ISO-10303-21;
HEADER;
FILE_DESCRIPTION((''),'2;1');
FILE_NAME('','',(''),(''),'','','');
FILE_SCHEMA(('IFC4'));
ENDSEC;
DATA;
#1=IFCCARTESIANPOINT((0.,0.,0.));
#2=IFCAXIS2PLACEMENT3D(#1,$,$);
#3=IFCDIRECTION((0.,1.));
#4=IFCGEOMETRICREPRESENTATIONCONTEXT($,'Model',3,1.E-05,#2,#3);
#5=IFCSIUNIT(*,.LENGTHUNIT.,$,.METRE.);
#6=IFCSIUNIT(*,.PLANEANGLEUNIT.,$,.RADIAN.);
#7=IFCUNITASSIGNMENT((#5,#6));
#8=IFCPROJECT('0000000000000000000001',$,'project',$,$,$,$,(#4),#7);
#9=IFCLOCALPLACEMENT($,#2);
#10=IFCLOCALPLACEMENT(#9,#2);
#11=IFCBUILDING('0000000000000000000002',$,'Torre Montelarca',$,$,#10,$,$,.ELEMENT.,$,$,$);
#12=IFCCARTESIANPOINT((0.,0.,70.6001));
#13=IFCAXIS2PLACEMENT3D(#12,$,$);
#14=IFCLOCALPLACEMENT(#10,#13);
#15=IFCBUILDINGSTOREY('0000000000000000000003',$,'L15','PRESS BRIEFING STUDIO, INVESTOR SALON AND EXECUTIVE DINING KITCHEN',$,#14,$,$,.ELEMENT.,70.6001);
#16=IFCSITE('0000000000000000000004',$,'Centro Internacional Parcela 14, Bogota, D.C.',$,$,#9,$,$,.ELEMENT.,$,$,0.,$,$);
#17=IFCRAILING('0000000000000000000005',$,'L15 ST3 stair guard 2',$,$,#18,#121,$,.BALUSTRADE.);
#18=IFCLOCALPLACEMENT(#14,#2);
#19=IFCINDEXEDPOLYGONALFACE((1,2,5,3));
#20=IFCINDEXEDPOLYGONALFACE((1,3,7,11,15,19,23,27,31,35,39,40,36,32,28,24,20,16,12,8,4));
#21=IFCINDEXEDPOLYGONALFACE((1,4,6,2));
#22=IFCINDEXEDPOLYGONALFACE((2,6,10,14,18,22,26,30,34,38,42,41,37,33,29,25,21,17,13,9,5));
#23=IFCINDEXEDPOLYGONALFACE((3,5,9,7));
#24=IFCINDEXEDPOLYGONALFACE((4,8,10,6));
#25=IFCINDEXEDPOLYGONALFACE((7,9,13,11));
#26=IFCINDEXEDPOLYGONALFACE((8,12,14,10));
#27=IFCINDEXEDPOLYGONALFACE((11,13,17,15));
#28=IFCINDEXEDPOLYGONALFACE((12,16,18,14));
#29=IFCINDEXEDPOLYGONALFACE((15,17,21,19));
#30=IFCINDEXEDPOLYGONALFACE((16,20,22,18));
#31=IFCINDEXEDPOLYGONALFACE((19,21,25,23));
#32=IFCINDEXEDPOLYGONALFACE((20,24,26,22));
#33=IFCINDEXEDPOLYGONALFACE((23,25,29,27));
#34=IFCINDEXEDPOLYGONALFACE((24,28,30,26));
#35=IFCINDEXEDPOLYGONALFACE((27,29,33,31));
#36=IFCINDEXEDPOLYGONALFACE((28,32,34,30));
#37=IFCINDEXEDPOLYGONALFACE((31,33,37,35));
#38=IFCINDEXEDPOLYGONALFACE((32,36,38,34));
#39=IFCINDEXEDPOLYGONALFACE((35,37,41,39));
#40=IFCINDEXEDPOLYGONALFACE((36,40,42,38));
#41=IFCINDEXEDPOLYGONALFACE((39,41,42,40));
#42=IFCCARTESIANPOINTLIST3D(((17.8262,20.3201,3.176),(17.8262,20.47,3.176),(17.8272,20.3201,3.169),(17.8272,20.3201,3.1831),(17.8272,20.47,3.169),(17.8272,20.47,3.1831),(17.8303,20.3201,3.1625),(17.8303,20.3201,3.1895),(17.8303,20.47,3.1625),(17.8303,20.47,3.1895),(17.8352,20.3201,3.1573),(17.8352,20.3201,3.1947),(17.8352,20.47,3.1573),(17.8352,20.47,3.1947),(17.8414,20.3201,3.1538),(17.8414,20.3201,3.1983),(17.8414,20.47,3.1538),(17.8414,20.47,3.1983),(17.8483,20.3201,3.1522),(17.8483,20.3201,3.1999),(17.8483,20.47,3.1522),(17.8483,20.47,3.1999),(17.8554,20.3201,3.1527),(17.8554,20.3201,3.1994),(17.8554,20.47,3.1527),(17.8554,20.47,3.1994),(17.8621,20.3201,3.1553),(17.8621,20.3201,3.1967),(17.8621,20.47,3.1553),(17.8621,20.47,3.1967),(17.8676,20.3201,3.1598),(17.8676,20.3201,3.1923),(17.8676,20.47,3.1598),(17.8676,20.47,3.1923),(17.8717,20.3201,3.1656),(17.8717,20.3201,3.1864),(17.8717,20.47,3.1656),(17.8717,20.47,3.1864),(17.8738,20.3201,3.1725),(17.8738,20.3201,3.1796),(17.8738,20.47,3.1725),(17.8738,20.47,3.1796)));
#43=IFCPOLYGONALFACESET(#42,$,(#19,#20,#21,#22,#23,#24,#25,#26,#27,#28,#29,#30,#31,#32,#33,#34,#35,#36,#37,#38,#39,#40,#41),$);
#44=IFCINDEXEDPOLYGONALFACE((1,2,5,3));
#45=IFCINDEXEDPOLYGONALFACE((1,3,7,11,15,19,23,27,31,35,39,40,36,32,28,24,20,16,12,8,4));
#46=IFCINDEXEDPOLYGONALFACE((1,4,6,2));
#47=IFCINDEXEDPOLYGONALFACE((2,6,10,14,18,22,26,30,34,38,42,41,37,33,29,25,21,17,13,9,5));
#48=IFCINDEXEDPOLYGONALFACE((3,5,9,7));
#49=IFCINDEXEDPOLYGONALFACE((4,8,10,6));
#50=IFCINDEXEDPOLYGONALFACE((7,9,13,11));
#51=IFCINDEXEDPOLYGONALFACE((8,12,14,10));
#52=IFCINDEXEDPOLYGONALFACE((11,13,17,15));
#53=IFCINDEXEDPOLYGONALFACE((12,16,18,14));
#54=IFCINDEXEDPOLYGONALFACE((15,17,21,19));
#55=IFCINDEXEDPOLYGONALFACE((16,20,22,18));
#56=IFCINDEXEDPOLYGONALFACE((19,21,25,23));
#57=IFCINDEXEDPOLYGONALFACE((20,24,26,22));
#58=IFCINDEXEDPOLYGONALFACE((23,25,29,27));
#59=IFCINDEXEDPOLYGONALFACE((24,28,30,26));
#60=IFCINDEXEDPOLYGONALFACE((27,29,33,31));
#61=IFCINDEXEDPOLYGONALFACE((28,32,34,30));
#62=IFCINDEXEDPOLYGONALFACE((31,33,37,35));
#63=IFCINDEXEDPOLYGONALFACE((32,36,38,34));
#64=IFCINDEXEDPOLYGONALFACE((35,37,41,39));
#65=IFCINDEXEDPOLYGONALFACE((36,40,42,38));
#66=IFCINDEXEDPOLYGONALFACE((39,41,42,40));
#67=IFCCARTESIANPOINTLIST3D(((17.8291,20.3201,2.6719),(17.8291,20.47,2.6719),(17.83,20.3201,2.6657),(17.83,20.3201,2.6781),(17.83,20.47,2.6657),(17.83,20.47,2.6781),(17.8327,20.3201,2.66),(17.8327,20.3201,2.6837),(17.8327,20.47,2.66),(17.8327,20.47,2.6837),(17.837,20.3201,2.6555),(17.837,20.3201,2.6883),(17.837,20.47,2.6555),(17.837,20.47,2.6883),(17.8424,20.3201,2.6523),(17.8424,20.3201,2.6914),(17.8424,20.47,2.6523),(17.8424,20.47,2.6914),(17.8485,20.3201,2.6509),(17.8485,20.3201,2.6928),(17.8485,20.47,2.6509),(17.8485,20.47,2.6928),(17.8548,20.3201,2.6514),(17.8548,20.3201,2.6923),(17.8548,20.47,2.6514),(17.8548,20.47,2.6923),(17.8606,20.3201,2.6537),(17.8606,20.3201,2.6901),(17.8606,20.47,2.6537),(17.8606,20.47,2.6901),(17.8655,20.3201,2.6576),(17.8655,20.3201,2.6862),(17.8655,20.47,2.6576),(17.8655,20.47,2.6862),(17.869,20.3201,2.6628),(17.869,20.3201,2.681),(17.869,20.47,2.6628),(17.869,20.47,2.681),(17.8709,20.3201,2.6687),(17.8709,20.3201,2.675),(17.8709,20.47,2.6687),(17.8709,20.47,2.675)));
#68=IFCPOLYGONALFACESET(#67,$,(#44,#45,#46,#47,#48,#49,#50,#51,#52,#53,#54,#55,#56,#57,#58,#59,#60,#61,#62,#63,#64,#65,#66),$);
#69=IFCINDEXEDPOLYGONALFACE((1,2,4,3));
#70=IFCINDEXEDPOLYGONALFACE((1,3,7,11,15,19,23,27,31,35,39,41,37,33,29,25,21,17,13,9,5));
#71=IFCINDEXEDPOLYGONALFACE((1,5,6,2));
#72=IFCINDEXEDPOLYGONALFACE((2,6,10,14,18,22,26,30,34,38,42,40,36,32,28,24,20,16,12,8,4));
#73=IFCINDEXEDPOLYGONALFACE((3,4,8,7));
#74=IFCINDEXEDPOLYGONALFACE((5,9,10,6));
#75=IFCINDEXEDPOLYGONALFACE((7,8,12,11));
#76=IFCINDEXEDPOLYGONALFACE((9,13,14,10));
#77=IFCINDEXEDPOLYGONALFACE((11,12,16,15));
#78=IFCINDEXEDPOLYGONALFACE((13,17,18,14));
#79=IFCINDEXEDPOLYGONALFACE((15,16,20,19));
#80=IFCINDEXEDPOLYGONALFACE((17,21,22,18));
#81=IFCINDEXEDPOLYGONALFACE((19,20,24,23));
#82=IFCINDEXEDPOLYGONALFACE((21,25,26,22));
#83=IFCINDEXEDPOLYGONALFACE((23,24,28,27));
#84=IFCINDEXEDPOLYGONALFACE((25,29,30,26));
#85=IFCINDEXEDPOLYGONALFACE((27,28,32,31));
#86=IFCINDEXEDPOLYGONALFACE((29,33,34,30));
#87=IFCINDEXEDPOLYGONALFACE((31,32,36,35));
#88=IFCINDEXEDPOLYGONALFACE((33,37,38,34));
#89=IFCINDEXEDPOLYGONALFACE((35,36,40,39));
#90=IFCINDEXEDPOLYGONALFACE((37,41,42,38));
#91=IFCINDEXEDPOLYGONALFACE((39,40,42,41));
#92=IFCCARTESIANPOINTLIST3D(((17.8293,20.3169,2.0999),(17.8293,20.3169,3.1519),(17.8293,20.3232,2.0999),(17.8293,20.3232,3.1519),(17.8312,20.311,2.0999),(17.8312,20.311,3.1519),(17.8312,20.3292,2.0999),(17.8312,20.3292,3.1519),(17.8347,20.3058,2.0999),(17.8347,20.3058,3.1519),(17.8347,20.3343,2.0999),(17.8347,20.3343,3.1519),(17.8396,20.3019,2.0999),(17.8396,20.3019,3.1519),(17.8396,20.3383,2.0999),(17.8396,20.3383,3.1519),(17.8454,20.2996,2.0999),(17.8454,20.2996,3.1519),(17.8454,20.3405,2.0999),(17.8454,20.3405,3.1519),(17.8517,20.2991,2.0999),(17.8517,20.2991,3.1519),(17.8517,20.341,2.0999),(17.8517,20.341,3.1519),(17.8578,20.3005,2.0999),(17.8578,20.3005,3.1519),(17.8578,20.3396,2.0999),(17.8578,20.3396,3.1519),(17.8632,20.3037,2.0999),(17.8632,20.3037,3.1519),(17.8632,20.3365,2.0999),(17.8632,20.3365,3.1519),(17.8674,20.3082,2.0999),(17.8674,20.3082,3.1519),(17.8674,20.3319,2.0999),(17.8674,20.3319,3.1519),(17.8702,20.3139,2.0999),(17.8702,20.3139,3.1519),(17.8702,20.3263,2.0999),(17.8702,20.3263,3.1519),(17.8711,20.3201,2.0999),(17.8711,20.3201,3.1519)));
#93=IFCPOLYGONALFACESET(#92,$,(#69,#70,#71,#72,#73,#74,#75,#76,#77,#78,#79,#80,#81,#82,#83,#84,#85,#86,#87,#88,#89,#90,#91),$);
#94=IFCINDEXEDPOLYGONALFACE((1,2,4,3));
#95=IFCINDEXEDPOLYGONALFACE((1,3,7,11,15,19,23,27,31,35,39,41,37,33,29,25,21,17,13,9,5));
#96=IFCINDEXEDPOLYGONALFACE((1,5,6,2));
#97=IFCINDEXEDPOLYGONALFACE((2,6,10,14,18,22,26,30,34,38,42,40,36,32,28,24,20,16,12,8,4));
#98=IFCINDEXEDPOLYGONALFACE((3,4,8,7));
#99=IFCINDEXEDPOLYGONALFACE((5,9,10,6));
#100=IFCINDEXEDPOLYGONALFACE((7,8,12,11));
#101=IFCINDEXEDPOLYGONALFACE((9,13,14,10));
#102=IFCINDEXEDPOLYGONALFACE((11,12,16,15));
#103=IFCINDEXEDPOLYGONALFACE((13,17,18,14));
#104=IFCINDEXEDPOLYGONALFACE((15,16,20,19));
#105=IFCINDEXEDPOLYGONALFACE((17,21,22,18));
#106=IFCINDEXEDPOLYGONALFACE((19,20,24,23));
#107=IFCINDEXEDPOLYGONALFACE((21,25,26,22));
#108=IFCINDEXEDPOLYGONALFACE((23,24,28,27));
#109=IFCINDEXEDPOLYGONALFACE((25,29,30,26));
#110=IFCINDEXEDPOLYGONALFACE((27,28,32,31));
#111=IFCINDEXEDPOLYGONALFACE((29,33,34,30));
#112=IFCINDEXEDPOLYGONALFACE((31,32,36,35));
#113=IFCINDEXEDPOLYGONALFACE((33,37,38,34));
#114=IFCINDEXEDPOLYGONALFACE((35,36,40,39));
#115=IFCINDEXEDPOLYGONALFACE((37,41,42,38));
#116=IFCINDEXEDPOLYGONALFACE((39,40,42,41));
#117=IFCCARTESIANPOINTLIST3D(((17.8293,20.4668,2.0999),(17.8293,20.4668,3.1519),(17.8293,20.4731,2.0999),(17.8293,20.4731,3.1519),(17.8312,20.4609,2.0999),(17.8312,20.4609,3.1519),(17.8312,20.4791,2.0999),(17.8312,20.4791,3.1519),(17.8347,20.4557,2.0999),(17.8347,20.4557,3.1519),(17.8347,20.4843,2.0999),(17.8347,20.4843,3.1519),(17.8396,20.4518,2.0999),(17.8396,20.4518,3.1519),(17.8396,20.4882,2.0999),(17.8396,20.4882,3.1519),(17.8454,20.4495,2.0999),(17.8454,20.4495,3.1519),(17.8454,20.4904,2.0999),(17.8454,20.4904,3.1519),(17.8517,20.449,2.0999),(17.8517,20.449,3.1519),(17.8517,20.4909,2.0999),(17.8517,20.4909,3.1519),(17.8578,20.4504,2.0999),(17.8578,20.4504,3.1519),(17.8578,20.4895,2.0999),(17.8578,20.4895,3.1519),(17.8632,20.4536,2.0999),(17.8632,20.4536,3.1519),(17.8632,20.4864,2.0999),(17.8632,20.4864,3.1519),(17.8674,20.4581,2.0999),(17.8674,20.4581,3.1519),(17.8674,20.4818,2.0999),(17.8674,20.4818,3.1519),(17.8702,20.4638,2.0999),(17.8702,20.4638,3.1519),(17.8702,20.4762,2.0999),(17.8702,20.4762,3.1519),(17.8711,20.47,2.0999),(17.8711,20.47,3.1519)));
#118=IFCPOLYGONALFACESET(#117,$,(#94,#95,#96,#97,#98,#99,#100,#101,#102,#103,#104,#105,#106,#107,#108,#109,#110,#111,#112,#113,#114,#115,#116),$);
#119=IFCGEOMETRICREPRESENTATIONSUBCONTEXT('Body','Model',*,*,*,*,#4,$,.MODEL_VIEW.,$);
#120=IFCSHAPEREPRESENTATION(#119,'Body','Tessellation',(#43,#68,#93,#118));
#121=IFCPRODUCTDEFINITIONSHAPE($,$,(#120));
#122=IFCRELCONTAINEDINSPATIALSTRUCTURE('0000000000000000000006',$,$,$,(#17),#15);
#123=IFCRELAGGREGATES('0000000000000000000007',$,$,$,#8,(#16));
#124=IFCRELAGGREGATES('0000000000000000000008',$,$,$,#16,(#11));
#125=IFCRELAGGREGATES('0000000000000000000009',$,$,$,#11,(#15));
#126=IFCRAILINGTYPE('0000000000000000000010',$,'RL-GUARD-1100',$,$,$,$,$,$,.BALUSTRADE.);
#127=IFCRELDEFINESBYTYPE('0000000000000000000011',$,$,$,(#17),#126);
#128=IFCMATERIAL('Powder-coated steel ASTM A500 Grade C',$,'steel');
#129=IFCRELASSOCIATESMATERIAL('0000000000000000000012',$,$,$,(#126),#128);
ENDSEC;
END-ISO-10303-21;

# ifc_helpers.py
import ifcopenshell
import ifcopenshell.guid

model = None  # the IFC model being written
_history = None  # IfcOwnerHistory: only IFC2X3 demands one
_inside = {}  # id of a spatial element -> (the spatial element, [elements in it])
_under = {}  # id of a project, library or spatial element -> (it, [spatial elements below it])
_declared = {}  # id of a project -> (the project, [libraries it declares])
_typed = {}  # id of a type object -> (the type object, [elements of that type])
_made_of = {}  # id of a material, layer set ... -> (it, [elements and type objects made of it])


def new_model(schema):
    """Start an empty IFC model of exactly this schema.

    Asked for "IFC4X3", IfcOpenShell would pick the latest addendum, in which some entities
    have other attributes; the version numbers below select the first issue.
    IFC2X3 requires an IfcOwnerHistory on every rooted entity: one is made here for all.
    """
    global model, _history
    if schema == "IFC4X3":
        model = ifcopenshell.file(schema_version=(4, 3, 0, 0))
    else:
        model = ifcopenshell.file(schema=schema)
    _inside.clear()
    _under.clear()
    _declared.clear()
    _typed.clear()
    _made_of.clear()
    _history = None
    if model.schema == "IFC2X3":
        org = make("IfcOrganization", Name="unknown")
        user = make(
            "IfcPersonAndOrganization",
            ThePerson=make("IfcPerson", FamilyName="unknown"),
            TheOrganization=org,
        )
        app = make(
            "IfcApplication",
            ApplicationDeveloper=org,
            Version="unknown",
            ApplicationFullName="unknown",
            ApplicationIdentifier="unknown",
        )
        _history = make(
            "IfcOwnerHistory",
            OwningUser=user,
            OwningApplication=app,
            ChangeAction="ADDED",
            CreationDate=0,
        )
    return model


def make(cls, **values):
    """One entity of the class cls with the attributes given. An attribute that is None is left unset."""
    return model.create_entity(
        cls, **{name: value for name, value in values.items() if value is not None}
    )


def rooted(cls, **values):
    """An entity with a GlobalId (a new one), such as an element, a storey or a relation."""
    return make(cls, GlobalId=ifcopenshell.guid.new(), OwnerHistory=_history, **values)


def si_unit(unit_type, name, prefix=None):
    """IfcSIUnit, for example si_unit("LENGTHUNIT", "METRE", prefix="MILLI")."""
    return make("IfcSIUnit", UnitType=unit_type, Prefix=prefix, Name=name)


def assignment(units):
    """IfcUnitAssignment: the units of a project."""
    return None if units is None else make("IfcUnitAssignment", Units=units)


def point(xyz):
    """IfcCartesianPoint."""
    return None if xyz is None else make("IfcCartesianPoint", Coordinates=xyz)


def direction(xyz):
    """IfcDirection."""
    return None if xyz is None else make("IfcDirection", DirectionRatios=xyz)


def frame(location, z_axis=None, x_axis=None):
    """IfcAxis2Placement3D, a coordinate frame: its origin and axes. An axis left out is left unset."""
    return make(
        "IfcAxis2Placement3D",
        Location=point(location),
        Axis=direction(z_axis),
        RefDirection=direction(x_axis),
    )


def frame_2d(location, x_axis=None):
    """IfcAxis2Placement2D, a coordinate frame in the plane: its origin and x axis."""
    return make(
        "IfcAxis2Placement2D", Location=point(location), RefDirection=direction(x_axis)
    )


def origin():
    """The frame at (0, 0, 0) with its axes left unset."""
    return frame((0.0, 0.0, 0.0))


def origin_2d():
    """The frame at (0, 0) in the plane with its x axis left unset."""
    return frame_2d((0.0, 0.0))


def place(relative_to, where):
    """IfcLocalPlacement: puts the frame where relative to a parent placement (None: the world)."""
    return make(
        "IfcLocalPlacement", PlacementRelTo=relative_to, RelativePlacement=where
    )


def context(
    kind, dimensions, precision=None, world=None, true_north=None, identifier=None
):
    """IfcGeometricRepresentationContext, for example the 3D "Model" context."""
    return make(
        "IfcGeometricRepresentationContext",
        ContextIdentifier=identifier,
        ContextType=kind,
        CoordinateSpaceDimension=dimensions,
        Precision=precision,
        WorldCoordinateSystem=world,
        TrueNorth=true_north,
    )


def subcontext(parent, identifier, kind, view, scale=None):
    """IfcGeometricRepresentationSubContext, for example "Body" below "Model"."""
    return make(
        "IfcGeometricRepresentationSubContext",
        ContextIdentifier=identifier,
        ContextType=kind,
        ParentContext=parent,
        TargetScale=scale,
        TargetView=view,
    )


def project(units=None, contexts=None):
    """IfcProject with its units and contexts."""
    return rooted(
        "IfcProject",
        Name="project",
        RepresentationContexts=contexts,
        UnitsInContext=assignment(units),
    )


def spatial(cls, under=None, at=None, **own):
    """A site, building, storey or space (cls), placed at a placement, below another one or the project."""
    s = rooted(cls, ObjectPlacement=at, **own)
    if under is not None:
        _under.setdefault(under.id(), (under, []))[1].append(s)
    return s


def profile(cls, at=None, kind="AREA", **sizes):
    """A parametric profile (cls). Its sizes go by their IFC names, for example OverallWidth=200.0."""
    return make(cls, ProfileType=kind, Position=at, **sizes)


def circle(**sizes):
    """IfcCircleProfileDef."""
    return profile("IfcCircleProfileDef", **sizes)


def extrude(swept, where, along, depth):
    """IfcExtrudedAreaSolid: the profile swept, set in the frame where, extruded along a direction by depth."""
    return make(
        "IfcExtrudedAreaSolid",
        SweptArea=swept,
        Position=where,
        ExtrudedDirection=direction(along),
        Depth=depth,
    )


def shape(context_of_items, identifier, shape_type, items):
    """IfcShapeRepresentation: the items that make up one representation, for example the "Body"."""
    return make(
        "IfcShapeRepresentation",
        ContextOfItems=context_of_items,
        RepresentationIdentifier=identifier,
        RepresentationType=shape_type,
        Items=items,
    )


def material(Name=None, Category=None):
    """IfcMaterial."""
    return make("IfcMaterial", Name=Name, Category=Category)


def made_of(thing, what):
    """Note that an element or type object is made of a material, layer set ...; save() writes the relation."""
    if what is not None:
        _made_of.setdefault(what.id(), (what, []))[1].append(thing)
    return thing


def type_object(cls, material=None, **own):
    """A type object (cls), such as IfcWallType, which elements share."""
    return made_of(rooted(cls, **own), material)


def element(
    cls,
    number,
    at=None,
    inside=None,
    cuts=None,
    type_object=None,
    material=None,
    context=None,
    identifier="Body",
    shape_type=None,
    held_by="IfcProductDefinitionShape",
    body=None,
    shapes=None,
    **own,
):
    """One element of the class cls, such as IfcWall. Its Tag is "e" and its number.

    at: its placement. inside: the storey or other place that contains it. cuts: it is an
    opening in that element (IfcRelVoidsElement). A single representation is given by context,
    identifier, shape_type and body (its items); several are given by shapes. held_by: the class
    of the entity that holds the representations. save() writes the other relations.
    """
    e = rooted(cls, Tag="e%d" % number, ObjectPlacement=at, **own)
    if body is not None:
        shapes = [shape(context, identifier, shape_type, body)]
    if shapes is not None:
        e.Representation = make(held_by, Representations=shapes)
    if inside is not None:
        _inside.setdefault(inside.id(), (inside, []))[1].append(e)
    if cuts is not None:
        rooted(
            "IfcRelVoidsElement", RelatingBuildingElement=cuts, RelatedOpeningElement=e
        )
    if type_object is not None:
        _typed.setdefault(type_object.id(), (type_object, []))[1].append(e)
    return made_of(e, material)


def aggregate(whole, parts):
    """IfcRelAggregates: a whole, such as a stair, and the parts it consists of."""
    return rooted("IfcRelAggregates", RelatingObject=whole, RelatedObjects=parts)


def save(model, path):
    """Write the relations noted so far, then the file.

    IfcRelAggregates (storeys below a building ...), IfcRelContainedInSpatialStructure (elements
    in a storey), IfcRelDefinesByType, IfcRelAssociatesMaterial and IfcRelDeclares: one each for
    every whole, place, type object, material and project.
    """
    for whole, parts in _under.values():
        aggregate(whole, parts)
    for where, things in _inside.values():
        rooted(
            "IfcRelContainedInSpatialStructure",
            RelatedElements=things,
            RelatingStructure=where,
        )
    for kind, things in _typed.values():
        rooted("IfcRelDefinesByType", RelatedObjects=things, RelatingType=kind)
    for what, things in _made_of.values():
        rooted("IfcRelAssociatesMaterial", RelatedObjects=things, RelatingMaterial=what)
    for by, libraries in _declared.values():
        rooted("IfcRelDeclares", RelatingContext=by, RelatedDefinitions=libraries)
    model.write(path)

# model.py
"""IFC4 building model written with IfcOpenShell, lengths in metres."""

from ifc_helpers import new_model, si_unit, direction, frame, origin, origin_2d, place, context, subcontext, project, spatial, circle, extrude, material, type_object, element, save


model = new_model("IFC4")

# Units and contexts
model_context = context("Model", 3, precision=1e-05, world=origin(), true_north=direction((0.0, 1.0)))
body_context = subcontext(model_context, "Body", "Model", "MODEL_VIEW")
ifc_project = project(units=[si_unit("LENGTHUNIT", "METRE"), si_unit("PLANEANGLEUNIT", "RADIAN")], contexts=[model_context])

# Site, building, storey
site_placement = place(None, origin())
site = spatial("IfcSite", under=ifc_project, at=site_placement, Name="Centro Internacional Parcela 14, Bogota, D.C.", CompositionType="ELEMENT", RefElevation=0.0)
building_placement = place(site_placement, origin())
building = spatial("IfcBuilding", under=site, at=building_placement, Name="Torre Montelarca", CompositionType="ELEMENT")
storey_placement = place(building_placement, frame((0.0, 0.0, 70.6001)))
storey = spatial("IfcBuildingStorey", under=building, at=storey_placement, Name="L15", Description="PRESS BRIEFING STUDIO, INVESTOR SALON AND EXECUTIVE DINING KITCHEN", CompositionType="ELEMENT", Elevation=70.6001)

# Railing
ifc_material_1 = material(Name="Powder-coated steel ASTM A500 Grade C", Category="steel")
railing_type_1 = type_object("IfcRailingType", Name="RL-GUARD-1100", PredefinedType="BALUSTRADE", material=ifc_material_1)
railing_1_placement = place(storey_placement, frame((17.8501, 20.3201, 2.0999)))
element("IfcRailing", 1, at=railing_1_placement, inside=storey, type_object=railing_type_1, Name="L15 ST3 stair guard 2", PredefinedType="BALUSTRADE", context=body_context, shape_type="SweptSolid", body=[
    extrude(circle(Radius=0.0239, at=origin_2d()), frame((0.0, 0.0, 1.0762), z_axis=(0.0, 1.0, 0.0), x_axis=(-1.0, 0.0, 0.0)), (0.0, 0.0, 1.0), 0.1499),
    extrude(circle(Radius=0.021, at=origin_2d()), frame((0.0, 0.0, 0.572), z_axis=(0.0, 1.0, 0.0), x_axis=(-1.0, 0.0, 0.0)), (0.0, 0.0, 1.0), 0.1499),
    extrude(circle(Radius=0.021, at=origin_2d()), origin(), (0.0, 0.0, 1.0), 1.052),
    extrude(circle(Radius=0.021, at=origin_2d()), frame((0.0, 0.1499, 0.0)), (0.0, 0.0, 1.0), 1.052),
])

save(model, "model.ifc")
